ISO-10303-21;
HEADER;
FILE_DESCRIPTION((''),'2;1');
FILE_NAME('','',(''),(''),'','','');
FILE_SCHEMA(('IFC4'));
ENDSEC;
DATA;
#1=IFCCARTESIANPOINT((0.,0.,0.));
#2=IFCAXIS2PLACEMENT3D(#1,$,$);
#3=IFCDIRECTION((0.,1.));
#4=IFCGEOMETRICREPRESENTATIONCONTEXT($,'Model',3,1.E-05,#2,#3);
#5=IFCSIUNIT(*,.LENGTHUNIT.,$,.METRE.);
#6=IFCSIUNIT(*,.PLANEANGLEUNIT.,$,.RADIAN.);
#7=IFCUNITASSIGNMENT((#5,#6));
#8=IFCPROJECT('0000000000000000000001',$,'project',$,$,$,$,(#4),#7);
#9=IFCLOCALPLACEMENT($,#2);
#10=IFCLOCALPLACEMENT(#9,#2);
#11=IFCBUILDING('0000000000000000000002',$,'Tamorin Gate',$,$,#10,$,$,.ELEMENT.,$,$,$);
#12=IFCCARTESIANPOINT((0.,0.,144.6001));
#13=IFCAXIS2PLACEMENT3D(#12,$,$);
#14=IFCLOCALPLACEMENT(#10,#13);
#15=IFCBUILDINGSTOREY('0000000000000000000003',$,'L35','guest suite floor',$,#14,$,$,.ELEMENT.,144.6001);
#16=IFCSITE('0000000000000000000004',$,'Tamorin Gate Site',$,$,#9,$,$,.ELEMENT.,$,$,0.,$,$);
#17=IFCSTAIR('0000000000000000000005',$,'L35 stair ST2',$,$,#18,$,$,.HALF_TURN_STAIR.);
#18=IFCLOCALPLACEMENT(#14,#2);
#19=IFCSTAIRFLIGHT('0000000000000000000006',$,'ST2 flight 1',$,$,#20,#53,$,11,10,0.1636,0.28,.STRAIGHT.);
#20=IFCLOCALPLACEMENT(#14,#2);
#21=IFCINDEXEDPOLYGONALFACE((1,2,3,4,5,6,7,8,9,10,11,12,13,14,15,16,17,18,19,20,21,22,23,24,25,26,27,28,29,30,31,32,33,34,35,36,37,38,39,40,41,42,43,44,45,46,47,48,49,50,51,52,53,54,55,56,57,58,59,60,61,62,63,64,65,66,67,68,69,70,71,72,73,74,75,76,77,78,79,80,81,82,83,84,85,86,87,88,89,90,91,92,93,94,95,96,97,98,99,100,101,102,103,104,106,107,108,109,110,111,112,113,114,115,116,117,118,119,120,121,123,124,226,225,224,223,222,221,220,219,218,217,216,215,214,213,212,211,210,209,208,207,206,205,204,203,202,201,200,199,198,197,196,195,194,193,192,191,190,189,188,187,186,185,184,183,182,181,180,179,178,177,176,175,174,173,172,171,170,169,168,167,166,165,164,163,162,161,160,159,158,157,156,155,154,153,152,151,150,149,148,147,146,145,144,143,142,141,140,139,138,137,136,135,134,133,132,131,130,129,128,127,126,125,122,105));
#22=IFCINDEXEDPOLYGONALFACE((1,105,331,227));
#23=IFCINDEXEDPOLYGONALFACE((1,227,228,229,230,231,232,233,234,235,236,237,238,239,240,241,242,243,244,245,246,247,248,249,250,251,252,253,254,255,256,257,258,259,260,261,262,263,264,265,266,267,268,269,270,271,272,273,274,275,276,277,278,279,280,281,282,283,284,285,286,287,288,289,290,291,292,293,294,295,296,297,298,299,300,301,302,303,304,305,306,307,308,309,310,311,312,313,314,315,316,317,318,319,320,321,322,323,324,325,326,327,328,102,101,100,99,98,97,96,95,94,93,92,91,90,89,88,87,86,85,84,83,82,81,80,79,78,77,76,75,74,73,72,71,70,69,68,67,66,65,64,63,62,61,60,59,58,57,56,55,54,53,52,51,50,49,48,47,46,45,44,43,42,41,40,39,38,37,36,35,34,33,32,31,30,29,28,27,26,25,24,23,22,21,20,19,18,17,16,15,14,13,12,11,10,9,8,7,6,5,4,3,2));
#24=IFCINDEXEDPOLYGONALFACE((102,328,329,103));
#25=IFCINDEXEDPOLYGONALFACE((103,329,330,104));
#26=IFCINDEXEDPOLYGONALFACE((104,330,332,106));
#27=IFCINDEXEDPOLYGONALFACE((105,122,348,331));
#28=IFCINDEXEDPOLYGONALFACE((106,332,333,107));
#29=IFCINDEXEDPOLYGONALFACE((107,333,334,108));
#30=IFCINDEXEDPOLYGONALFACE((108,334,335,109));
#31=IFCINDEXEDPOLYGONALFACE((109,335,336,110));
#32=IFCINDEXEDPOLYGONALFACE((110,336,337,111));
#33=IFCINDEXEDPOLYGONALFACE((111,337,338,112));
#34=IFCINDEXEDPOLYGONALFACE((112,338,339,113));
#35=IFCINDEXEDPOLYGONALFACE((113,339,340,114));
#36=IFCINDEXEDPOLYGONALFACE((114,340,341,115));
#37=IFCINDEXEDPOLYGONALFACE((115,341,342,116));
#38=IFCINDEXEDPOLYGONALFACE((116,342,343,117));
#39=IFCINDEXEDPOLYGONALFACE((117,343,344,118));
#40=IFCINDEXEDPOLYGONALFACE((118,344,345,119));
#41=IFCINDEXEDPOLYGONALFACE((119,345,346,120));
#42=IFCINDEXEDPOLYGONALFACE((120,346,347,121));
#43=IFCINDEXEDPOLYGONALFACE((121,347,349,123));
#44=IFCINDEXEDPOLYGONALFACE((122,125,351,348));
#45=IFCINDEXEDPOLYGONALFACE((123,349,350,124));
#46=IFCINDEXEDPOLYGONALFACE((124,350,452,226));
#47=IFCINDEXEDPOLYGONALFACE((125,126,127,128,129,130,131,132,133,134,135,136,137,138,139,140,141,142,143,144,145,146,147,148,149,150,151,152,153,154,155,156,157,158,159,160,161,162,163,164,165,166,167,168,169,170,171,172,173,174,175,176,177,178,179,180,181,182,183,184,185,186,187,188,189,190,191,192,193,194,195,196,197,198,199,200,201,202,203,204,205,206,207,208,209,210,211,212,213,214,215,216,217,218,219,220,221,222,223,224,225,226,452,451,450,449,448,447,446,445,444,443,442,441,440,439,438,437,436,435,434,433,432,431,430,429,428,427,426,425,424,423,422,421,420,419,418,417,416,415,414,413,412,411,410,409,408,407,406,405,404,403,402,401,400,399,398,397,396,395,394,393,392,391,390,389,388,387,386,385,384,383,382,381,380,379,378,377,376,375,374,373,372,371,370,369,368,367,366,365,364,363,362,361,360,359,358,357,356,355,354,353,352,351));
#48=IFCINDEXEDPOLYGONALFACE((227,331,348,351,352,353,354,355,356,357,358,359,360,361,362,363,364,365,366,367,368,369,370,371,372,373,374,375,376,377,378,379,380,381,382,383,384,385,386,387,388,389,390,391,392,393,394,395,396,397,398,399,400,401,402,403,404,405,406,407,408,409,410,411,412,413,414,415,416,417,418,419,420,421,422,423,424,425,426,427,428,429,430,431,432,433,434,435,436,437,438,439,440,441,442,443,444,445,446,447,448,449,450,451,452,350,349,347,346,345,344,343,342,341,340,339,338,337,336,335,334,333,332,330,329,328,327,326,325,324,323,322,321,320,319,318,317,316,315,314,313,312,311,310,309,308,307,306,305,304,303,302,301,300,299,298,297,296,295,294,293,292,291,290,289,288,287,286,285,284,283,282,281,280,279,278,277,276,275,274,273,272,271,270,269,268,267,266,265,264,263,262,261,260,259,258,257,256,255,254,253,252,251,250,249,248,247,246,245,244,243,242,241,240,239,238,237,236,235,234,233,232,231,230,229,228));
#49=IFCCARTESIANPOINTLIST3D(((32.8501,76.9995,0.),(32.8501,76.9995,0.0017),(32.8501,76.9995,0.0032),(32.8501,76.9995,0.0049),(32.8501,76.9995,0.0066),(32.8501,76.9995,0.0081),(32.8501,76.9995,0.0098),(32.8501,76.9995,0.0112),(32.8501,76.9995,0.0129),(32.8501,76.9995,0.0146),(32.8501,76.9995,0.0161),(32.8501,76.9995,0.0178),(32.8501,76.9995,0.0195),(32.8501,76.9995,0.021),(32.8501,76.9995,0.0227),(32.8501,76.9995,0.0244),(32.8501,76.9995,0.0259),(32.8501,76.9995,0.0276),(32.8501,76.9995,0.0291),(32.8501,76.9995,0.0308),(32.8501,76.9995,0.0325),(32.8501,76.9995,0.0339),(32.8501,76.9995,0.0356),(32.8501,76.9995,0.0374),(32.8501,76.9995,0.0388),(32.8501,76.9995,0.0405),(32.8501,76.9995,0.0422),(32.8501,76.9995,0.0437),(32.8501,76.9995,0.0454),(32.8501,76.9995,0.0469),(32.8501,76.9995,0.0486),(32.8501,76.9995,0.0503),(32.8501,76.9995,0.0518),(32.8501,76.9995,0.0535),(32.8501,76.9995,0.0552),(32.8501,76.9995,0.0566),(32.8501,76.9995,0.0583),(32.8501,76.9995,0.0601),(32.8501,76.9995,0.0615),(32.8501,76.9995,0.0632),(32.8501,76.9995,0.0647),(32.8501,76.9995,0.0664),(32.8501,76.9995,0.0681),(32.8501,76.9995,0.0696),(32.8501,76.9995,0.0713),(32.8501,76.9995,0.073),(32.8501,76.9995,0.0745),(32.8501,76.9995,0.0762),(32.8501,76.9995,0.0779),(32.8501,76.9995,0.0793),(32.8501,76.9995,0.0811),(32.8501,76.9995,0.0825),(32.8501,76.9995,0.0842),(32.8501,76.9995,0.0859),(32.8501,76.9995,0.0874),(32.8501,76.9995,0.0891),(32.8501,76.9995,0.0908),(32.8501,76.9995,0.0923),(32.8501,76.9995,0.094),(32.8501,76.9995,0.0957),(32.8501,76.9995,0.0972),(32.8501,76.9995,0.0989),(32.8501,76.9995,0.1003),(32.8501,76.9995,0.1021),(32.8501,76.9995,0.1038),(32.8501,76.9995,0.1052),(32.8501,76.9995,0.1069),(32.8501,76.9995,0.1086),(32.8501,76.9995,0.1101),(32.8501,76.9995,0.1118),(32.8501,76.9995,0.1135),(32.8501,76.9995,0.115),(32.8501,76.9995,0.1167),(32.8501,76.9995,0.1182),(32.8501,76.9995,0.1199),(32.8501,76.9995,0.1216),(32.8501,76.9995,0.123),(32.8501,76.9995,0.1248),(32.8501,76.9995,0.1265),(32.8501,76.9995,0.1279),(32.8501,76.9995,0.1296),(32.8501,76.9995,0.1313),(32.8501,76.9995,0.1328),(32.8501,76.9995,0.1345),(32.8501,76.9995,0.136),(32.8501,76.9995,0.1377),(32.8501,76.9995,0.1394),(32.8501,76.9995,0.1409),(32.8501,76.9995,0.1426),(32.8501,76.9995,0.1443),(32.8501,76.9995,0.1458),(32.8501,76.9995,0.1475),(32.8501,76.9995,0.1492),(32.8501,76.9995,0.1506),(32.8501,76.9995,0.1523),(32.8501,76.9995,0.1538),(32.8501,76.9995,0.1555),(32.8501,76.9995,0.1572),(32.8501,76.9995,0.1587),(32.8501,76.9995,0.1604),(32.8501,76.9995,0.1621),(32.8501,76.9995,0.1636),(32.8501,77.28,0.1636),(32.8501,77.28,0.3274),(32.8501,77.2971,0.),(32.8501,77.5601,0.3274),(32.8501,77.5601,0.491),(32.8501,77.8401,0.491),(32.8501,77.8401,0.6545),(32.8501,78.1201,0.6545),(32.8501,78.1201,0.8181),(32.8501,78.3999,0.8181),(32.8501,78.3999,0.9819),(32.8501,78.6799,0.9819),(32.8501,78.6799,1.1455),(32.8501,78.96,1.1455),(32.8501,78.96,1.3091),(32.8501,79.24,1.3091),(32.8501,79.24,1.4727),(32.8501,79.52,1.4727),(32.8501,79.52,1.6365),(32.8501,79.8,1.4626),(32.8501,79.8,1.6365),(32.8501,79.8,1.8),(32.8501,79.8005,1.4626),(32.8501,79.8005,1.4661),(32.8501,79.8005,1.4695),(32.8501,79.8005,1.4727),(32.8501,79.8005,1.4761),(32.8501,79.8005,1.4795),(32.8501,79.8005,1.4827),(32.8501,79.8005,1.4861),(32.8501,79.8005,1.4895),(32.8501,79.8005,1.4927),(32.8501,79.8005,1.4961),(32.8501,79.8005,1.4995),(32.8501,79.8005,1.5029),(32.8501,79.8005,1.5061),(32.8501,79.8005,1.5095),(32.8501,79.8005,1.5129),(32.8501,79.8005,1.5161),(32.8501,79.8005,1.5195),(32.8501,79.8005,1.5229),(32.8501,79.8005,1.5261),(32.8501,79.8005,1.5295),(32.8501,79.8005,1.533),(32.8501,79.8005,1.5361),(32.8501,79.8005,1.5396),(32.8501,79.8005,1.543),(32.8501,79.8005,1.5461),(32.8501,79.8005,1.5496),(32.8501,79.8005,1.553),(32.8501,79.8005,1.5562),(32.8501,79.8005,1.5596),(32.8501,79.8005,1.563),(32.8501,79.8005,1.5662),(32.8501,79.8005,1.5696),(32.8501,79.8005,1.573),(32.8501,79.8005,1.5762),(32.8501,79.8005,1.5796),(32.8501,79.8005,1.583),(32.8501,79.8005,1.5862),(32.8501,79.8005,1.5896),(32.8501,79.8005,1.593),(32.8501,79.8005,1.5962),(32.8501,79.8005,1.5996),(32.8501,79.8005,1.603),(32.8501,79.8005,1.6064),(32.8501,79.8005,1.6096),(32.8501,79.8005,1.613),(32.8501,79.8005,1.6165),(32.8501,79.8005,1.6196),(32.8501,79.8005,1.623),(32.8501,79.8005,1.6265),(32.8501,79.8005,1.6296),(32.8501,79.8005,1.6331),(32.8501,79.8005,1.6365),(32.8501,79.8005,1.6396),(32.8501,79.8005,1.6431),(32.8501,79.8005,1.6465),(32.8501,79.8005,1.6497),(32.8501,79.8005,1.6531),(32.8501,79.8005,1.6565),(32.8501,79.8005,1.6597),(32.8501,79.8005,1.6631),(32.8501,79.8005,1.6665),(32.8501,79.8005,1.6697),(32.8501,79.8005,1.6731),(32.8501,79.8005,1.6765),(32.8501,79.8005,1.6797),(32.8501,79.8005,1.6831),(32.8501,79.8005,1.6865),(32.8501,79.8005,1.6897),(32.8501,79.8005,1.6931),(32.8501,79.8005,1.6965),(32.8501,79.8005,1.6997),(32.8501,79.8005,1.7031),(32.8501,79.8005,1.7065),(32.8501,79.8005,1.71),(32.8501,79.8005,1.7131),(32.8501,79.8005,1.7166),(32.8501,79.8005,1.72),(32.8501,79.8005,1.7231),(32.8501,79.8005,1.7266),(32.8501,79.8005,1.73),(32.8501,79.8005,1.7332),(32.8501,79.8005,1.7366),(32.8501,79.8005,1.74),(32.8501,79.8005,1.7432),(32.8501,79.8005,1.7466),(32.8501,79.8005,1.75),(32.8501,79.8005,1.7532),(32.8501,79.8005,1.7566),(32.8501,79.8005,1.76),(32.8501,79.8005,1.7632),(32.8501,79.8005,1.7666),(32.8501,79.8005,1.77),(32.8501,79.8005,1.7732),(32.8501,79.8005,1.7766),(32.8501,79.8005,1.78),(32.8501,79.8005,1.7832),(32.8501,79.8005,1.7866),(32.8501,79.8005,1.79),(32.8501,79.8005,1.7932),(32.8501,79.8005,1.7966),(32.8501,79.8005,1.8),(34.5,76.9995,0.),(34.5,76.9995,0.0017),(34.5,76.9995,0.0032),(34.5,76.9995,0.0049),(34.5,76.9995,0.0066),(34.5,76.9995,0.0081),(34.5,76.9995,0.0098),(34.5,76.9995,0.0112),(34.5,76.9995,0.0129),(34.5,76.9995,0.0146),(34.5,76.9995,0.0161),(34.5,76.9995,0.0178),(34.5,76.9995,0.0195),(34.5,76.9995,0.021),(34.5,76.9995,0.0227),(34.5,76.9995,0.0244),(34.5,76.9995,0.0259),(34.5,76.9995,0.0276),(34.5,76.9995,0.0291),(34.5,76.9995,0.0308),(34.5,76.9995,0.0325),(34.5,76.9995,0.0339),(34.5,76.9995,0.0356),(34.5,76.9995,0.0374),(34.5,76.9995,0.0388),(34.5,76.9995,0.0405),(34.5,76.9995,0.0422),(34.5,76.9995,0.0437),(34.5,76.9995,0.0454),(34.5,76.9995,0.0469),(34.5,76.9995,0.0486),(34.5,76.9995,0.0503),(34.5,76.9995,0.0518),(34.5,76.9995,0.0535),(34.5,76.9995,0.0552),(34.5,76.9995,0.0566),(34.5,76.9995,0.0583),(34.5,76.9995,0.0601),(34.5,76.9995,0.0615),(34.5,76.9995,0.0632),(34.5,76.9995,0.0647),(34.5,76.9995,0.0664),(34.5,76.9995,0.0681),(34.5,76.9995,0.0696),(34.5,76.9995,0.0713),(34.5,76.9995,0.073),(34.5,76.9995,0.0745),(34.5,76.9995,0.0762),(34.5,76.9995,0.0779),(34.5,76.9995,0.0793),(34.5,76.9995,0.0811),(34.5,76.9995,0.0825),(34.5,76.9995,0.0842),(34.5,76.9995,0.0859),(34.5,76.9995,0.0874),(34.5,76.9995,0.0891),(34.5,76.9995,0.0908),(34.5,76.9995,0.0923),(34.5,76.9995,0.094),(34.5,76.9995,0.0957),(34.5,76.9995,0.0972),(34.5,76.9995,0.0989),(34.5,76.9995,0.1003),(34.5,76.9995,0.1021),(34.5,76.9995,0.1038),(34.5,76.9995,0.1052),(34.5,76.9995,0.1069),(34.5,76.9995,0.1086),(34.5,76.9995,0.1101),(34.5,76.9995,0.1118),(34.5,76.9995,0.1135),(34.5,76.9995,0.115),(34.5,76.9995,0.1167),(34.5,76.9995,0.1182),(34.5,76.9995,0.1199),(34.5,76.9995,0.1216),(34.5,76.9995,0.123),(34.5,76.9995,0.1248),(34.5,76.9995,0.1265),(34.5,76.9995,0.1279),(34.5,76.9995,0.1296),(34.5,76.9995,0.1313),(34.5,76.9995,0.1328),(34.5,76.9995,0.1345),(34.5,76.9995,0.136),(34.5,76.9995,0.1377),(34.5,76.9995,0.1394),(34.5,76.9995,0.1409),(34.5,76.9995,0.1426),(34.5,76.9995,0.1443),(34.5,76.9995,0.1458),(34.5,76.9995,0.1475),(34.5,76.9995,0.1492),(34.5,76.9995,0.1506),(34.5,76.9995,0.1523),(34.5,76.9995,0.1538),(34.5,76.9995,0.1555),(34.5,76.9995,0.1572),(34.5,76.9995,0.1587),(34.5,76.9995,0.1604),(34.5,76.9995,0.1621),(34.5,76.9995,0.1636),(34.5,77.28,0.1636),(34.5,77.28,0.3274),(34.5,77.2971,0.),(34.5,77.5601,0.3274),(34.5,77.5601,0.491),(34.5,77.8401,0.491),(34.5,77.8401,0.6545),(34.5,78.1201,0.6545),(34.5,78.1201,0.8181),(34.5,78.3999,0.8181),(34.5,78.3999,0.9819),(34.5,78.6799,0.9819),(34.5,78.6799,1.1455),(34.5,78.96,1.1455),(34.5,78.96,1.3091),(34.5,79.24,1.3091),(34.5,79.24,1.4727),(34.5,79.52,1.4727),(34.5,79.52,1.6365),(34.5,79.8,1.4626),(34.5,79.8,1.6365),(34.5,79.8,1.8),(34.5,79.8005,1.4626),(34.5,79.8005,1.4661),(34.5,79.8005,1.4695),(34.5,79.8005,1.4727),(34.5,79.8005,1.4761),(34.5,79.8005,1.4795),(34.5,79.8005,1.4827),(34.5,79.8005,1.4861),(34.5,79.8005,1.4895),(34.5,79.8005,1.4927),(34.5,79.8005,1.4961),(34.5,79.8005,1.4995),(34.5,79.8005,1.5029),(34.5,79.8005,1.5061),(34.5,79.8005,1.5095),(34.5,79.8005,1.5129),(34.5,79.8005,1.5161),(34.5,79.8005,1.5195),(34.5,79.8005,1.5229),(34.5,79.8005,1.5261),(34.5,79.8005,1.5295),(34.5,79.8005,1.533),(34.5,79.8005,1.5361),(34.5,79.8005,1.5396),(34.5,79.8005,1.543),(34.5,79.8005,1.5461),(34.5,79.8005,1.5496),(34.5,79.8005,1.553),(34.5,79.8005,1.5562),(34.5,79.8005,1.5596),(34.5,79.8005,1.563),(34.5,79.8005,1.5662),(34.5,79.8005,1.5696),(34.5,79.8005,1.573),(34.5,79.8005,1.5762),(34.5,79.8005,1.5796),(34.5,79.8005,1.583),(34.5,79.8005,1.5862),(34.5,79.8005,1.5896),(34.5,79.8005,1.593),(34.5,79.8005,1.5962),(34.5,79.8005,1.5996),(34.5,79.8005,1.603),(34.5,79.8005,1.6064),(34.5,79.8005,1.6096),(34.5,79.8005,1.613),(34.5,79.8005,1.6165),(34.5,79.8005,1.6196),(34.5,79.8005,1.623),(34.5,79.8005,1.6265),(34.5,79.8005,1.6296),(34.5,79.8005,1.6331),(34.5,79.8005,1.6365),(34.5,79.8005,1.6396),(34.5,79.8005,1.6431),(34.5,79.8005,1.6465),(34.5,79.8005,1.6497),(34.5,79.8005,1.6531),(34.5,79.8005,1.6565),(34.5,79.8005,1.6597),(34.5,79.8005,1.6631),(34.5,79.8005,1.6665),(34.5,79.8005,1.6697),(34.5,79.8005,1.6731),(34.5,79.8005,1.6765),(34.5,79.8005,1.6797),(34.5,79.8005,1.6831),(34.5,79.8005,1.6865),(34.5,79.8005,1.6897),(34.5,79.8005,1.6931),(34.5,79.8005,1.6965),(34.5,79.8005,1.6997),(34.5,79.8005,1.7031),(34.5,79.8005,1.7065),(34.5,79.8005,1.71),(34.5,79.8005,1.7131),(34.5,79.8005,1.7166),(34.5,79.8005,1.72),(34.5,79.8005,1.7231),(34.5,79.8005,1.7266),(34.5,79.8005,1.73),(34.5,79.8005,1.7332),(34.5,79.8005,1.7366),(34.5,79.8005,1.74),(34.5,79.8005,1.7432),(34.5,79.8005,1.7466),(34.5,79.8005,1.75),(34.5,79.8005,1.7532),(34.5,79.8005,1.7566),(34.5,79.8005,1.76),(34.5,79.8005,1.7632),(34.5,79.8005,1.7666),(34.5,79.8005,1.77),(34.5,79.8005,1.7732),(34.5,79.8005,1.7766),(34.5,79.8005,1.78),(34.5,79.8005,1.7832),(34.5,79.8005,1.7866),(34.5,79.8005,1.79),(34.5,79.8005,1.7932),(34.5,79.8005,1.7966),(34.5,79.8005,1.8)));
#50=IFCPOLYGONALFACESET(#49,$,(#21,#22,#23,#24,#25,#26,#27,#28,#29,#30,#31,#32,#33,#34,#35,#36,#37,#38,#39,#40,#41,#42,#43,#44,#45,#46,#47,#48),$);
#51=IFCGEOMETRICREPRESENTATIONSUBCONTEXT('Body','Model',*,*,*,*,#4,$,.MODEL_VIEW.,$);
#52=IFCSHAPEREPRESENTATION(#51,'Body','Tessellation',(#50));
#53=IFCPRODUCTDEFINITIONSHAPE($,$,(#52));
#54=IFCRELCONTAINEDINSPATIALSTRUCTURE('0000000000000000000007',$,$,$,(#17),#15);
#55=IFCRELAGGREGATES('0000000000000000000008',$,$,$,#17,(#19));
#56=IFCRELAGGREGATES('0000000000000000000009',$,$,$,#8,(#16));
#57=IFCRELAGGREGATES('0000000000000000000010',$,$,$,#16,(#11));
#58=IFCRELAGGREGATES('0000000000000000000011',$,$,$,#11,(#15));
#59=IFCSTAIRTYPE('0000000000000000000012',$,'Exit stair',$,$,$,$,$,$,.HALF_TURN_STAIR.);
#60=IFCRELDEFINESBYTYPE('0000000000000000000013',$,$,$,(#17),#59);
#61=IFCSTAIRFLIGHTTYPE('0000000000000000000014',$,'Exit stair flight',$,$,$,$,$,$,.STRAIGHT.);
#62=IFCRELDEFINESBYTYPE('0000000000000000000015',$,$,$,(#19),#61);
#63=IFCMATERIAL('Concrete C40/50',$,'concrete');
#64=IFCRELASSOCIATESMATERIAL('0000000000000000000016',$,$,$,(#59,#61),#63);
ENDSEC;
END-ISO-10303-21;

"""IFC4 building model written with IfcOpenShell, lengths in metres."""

from ifc_helpers import new_model, si_unit, direction, frame, origin, place, context, subcontext, project, spatial, polyline, outline, extrude, material, type_object, element, aggregate, save


model = new_model("IFC4")

# Units and contexts
model_context = context("Model", 3, precision=1e-05, world=origin(), true_north=direction((0.0, 1.0)))
body_context = subcontext(model_context, "Body", "Model", "MODEL_VIEW")
ifc_project = project(units=[si_unit("LENGTHUNIT", "METRE"), si_unit("PLANEANGLEUNIT", "RADIAN")], contexts=[model_context])

# Site, building, storey
site_placement = place(None, origin())
site = spatial("IfcSite", under=ifc_project, at=site_placement, Name="Tamorin Gate Site", CompositionType="ELEMENT", RefElevation=0.0)
building_placement = place(site_placement, origin())
building = spatial("IfcBuilding", under=site, at=building_placement, Name="Tamorin Gate", CompositionType="ELEMENT")
storey_placement = place(building_placement, frame((0.0, 0.0, 144.6001)))
storey = spatial("IfcBuildingStorey", under=building, at=storey_placement, Name="L35", Description="guest suite floor", CompositionType="ELEMENT", Elevation=144.6001)

# Shared definitions
ifc_material_1 = material(Name="Concrete C40/50", Category="concrete")

# Shared definitions
stair_type = type_object("IfcStairType", Name="Exit stair", PredefinedType="HALF_TURN_STAIR", material=ifc_material_1)
stair_flight_type = type_object("IfcStairFlightType", Name="Exit stair flight", PredefinedType="STRAIGHT", material=ifc_material_1)

# Stair, stair flight
stair_1_placement = place(storey_placement, origin())
stair_1 = element("IfcStair", 1, at=stair_1_placement, inside=storey, type_object=stair_type, Name="L35 stair ST2", PredefinedType="HALF_TURN_STAIR")
stair_flight_1_placement = place(storey_placement, frame((33.675, 77.0, 0.0), z_axis=(0.0, 0.0, 1.0), x_axis=(0.0, 1.0, 0.0)))
stair_flight_1 = element("IfcStairFlight", 2, at=stair_flight_1_placement, type_object=stair_flight_type, Name="ST2 flight 1", NumberOfRisers=11, NumberOfTreads=10, PredefinedType="STRAIGHT", RiserHeight=0.1636, TreadLength=0.28, context=body_context, shape_type="SweptSolid", body=[
    extrude(outline(polyline([(-0.0005, 0.0), (-0.0005, 0.0017), (-0.0005, 0.0032), (-0.0005, 0.0049), (-0.0005, 0.0066), (-0.0005, 0.0081), (-0.0005, 0.0098), (-0.0005, 0.0112), (-0.0005, 0.0129), (-0.0005, 0.0146), (-0.0005, 0.0161), (-0.0005, 0.0178), (-0.0005, 0.0195), (-0.0005, 0.021), (-0.0005, 0.0227), (-0.0005, 0.0244), (-0.0005, 0.0259), (-0.0005, 0.0276), (-0.0005, 0.0291), (-0.0005, 0.0308), (-0.0005, 0.0325), (-0.0005, 0.0339), (-0.0005, 0.0356), (-0.0005, 0.0374), (-0.0005, 0.0388), (-0.0005, 0.0405), (-0.0005, 0.0422), (-0.0005, 0.0437), (-0.0005, 0.0454), (-0.0005, 0.0469), (-0.0005, 0.0486), (-0.0005, 0.0503), (-0.0005, 0.0518), (-0.0005, 0.0535), (-0.0005, 0.0552), (-0.0005, 0.0566), (-0.0005, 0.0583), (-0.0005, 0.0601), (-0.0005, 0.0615), (-0.0005, 0.0632), (-0.0005, 0.0647), (-0.0005, 0.0664), (-0.0005, 0.0681), (-0.0005, 0.0696), (-0.0005, 0.0713), (-0.0005, 0.073), (-0.0005, 0.0745), (-0.0005, 0.0762), (-0.0005, 0.0779), (-0.0005, 0.0793), (-0.0005, 0.0811), (-0.0005, 0.0825), (-0.0005, 0.0842), (-0.0005, 0.0859), (-0.0005, 0.0874), (-0.0005, 0.0891), (-0.0005, 0.0908), (-0.0005, 0.0923), (-0.0005, 0.094), (-0.0005, 0.0957), (-0.0005, 0.0972), (-0.0005, 0.0989), (-0.0005, 0.1003), (-0.0005, 0.1021), (-0.0005, 0.1038), (-0.0005, 0.1052), (-0.0005, 0.1069), (-0.0005, 0.1086), (-0.0005, 0.1101), (-0.0005, 0.1118), (-0.0005, 0.1135), (-0.0005, 0.115), (-0.0005, 0.1167), (-0.0005, 0.1182), (-0.0005, 0.1199), (-0.0005, 0.1216), (-0.0005, 0.123), (-0.0005, 0.1248), (-0.0005, 0.1265), (-0.0005, 0.1279), (-0.0005, 0.1296), (-0.0005, 0.1313), (-0.0005, 0.1328), (-0.0005, 0.1345), (-0.0005, 0.136), (-0.0005, 0.1377), (-0.0005, 0.1394), (-0.0005, 0.1409), (-0.0005, 0.1426), (-0.0005, 0.1443), (-0.0005, 0.1458), (-0.0005, 0.1475), (-0.0005, 0.1492), (-0.0005, 0.1506), (-0.0005, 0.1523), (-0.0005, 0.1538), (-0.0005, 0.1555), (-0.0005, 0.1572), (-0.0005, 0.1587), (-0.0005, 0.1604), (-0.0005, 0.1621), (-0.0005, 0.1636), (0.28, 0.1636), (0.28, 0.3274), (0.5601, 0.3274), (0.5601, 0.491), (0.8401, 0.491), (0.8401, 0.6545), (1.1201, 0.6545), (1.1201, 0.8181), (1.3999, 0.8181), (1.3999, 0.9819), (1.6799, 0.9819), (1.6799, 1.1455), (1.96, 1.1455), (1.96, 1.3091), (2.24, 1.3091), (2.24, 1.4727), (2.52, 1.4727), (2.52, 1.6365), (2.8, 1.6365), (2.8, 1.8), (2.8005, 1.8), (2.8005, 1.7966), (2.8005, 1.7932), (2.8005, 1.79), (2.8005, 1.7866), (2.8005, 1.7832), (2.8005, 1.78), (2.8005, 1.7766), (2.8005, 1.7732), (2.8005, 1.77), (2.8005, 1.7666), (2.8005, 1.7632), (2.8005, 1.76), (2.8005, 1.7566), (2.8005, 1.7532), (2.8005, 1.75), (2.8005, 1.7466), (2.8005, 1.7432), (2.8005, 1.74), (2.8005, 1.7366), (2.8005, 1.7332), (2.8005, 1.73), (2.8005, 1.7266), (2.8005, 1.7231), (2.8005, 1.72), (2.8005, 1.7166), (2.8005, 1.7131), (2.8005, 1.71), (2.8005, 1.7065), (2.8005, 1.7031), (2.8005, 1.6997), (2.8005, 1.6965), (2.8005, 1.6931), (2.8005, 1.6897), (2.8005, 1.6865), (2.8005, 1.6831), (2.8005, 1.6797), (2.8005, 1.6765), (2.8005, 1.6731), (2.8005, 1.6697), (2.8005, 1.6665), (2.8005, 1.6631), (2.8005, 1.6597), (2.8005, 1.6565), (2.8005, 1.6531), (2.8005, 1.6497), (2.8005, 1.6465), (2.8005, 1.6431), (2.8005, 1.6396), (2.8005, 1.6365), (2.8005, 1.6331), (2.8005, 1.6296), (2.8005, 1.6265), (2.8005, 1.623), (2.8005, 1.6196), (2.8005, 1.6165), (2.8005, 1.613), (2.8005, 1.6096), (2.8005, 1.6064), (2.8005, 1.603), (2.8005, 1.5996), (2.8005, 1.5962), (2.8005, 1.593), (2.8005, 1.5896), (2.8005, 1.5862), (2.8005, 1.583), (2.8005, 1.5796), (2.8005, 1.5762), (2.8005, 1.573), (2.8005, 1.5696), (2.8005, 1.5662), (2.8005, 1.563), (2.8005, 1.5596), (2.8005, 1.5562), (2.8005, 1.553), (2.8005, 1.5496), (2.8005, 1.5461), (2.8005, 1.543), (2.8005, 1.5396), (2.8005, 1.5361), (2.8005, 1.533), (2.8005, 1.5295), (2.8005, 1.5261), (2.8005, 1.5229), (2.8005, 1.5195), (2.8005, 1.5161), (2.8005, 1.5129), (2.8005, 1.5095), (2.8005, 1.5061), (2.8005, 1.5029), (2.8005, 1.4995), (2.8005, 1.4961), (2.8005, 1.4927), (2.8005, 1.4895), (2.8005, 1.4861), (2.8005, 1.4827), (2.8005, 1.4795), (2.8005, 1.4761), (2.8005, 1.4727), (2.8005, 1.4695), (2.8005, 1.4661), (2.8005, 1.4626), (2.8, 1.4626), (0.2971, 0.0), (-0.0005, 0.0)])), frame((0.0, 0.825, 0.0), z_axis=(0.0, -1.0, 0.0), x_axis=(1.0, 0.0, 0.0)), (0.0, 0.0, 1.0), 1.6499),
])
aggregate(stair_1, [stair_flight_1])

save(model, "model.ifc")
